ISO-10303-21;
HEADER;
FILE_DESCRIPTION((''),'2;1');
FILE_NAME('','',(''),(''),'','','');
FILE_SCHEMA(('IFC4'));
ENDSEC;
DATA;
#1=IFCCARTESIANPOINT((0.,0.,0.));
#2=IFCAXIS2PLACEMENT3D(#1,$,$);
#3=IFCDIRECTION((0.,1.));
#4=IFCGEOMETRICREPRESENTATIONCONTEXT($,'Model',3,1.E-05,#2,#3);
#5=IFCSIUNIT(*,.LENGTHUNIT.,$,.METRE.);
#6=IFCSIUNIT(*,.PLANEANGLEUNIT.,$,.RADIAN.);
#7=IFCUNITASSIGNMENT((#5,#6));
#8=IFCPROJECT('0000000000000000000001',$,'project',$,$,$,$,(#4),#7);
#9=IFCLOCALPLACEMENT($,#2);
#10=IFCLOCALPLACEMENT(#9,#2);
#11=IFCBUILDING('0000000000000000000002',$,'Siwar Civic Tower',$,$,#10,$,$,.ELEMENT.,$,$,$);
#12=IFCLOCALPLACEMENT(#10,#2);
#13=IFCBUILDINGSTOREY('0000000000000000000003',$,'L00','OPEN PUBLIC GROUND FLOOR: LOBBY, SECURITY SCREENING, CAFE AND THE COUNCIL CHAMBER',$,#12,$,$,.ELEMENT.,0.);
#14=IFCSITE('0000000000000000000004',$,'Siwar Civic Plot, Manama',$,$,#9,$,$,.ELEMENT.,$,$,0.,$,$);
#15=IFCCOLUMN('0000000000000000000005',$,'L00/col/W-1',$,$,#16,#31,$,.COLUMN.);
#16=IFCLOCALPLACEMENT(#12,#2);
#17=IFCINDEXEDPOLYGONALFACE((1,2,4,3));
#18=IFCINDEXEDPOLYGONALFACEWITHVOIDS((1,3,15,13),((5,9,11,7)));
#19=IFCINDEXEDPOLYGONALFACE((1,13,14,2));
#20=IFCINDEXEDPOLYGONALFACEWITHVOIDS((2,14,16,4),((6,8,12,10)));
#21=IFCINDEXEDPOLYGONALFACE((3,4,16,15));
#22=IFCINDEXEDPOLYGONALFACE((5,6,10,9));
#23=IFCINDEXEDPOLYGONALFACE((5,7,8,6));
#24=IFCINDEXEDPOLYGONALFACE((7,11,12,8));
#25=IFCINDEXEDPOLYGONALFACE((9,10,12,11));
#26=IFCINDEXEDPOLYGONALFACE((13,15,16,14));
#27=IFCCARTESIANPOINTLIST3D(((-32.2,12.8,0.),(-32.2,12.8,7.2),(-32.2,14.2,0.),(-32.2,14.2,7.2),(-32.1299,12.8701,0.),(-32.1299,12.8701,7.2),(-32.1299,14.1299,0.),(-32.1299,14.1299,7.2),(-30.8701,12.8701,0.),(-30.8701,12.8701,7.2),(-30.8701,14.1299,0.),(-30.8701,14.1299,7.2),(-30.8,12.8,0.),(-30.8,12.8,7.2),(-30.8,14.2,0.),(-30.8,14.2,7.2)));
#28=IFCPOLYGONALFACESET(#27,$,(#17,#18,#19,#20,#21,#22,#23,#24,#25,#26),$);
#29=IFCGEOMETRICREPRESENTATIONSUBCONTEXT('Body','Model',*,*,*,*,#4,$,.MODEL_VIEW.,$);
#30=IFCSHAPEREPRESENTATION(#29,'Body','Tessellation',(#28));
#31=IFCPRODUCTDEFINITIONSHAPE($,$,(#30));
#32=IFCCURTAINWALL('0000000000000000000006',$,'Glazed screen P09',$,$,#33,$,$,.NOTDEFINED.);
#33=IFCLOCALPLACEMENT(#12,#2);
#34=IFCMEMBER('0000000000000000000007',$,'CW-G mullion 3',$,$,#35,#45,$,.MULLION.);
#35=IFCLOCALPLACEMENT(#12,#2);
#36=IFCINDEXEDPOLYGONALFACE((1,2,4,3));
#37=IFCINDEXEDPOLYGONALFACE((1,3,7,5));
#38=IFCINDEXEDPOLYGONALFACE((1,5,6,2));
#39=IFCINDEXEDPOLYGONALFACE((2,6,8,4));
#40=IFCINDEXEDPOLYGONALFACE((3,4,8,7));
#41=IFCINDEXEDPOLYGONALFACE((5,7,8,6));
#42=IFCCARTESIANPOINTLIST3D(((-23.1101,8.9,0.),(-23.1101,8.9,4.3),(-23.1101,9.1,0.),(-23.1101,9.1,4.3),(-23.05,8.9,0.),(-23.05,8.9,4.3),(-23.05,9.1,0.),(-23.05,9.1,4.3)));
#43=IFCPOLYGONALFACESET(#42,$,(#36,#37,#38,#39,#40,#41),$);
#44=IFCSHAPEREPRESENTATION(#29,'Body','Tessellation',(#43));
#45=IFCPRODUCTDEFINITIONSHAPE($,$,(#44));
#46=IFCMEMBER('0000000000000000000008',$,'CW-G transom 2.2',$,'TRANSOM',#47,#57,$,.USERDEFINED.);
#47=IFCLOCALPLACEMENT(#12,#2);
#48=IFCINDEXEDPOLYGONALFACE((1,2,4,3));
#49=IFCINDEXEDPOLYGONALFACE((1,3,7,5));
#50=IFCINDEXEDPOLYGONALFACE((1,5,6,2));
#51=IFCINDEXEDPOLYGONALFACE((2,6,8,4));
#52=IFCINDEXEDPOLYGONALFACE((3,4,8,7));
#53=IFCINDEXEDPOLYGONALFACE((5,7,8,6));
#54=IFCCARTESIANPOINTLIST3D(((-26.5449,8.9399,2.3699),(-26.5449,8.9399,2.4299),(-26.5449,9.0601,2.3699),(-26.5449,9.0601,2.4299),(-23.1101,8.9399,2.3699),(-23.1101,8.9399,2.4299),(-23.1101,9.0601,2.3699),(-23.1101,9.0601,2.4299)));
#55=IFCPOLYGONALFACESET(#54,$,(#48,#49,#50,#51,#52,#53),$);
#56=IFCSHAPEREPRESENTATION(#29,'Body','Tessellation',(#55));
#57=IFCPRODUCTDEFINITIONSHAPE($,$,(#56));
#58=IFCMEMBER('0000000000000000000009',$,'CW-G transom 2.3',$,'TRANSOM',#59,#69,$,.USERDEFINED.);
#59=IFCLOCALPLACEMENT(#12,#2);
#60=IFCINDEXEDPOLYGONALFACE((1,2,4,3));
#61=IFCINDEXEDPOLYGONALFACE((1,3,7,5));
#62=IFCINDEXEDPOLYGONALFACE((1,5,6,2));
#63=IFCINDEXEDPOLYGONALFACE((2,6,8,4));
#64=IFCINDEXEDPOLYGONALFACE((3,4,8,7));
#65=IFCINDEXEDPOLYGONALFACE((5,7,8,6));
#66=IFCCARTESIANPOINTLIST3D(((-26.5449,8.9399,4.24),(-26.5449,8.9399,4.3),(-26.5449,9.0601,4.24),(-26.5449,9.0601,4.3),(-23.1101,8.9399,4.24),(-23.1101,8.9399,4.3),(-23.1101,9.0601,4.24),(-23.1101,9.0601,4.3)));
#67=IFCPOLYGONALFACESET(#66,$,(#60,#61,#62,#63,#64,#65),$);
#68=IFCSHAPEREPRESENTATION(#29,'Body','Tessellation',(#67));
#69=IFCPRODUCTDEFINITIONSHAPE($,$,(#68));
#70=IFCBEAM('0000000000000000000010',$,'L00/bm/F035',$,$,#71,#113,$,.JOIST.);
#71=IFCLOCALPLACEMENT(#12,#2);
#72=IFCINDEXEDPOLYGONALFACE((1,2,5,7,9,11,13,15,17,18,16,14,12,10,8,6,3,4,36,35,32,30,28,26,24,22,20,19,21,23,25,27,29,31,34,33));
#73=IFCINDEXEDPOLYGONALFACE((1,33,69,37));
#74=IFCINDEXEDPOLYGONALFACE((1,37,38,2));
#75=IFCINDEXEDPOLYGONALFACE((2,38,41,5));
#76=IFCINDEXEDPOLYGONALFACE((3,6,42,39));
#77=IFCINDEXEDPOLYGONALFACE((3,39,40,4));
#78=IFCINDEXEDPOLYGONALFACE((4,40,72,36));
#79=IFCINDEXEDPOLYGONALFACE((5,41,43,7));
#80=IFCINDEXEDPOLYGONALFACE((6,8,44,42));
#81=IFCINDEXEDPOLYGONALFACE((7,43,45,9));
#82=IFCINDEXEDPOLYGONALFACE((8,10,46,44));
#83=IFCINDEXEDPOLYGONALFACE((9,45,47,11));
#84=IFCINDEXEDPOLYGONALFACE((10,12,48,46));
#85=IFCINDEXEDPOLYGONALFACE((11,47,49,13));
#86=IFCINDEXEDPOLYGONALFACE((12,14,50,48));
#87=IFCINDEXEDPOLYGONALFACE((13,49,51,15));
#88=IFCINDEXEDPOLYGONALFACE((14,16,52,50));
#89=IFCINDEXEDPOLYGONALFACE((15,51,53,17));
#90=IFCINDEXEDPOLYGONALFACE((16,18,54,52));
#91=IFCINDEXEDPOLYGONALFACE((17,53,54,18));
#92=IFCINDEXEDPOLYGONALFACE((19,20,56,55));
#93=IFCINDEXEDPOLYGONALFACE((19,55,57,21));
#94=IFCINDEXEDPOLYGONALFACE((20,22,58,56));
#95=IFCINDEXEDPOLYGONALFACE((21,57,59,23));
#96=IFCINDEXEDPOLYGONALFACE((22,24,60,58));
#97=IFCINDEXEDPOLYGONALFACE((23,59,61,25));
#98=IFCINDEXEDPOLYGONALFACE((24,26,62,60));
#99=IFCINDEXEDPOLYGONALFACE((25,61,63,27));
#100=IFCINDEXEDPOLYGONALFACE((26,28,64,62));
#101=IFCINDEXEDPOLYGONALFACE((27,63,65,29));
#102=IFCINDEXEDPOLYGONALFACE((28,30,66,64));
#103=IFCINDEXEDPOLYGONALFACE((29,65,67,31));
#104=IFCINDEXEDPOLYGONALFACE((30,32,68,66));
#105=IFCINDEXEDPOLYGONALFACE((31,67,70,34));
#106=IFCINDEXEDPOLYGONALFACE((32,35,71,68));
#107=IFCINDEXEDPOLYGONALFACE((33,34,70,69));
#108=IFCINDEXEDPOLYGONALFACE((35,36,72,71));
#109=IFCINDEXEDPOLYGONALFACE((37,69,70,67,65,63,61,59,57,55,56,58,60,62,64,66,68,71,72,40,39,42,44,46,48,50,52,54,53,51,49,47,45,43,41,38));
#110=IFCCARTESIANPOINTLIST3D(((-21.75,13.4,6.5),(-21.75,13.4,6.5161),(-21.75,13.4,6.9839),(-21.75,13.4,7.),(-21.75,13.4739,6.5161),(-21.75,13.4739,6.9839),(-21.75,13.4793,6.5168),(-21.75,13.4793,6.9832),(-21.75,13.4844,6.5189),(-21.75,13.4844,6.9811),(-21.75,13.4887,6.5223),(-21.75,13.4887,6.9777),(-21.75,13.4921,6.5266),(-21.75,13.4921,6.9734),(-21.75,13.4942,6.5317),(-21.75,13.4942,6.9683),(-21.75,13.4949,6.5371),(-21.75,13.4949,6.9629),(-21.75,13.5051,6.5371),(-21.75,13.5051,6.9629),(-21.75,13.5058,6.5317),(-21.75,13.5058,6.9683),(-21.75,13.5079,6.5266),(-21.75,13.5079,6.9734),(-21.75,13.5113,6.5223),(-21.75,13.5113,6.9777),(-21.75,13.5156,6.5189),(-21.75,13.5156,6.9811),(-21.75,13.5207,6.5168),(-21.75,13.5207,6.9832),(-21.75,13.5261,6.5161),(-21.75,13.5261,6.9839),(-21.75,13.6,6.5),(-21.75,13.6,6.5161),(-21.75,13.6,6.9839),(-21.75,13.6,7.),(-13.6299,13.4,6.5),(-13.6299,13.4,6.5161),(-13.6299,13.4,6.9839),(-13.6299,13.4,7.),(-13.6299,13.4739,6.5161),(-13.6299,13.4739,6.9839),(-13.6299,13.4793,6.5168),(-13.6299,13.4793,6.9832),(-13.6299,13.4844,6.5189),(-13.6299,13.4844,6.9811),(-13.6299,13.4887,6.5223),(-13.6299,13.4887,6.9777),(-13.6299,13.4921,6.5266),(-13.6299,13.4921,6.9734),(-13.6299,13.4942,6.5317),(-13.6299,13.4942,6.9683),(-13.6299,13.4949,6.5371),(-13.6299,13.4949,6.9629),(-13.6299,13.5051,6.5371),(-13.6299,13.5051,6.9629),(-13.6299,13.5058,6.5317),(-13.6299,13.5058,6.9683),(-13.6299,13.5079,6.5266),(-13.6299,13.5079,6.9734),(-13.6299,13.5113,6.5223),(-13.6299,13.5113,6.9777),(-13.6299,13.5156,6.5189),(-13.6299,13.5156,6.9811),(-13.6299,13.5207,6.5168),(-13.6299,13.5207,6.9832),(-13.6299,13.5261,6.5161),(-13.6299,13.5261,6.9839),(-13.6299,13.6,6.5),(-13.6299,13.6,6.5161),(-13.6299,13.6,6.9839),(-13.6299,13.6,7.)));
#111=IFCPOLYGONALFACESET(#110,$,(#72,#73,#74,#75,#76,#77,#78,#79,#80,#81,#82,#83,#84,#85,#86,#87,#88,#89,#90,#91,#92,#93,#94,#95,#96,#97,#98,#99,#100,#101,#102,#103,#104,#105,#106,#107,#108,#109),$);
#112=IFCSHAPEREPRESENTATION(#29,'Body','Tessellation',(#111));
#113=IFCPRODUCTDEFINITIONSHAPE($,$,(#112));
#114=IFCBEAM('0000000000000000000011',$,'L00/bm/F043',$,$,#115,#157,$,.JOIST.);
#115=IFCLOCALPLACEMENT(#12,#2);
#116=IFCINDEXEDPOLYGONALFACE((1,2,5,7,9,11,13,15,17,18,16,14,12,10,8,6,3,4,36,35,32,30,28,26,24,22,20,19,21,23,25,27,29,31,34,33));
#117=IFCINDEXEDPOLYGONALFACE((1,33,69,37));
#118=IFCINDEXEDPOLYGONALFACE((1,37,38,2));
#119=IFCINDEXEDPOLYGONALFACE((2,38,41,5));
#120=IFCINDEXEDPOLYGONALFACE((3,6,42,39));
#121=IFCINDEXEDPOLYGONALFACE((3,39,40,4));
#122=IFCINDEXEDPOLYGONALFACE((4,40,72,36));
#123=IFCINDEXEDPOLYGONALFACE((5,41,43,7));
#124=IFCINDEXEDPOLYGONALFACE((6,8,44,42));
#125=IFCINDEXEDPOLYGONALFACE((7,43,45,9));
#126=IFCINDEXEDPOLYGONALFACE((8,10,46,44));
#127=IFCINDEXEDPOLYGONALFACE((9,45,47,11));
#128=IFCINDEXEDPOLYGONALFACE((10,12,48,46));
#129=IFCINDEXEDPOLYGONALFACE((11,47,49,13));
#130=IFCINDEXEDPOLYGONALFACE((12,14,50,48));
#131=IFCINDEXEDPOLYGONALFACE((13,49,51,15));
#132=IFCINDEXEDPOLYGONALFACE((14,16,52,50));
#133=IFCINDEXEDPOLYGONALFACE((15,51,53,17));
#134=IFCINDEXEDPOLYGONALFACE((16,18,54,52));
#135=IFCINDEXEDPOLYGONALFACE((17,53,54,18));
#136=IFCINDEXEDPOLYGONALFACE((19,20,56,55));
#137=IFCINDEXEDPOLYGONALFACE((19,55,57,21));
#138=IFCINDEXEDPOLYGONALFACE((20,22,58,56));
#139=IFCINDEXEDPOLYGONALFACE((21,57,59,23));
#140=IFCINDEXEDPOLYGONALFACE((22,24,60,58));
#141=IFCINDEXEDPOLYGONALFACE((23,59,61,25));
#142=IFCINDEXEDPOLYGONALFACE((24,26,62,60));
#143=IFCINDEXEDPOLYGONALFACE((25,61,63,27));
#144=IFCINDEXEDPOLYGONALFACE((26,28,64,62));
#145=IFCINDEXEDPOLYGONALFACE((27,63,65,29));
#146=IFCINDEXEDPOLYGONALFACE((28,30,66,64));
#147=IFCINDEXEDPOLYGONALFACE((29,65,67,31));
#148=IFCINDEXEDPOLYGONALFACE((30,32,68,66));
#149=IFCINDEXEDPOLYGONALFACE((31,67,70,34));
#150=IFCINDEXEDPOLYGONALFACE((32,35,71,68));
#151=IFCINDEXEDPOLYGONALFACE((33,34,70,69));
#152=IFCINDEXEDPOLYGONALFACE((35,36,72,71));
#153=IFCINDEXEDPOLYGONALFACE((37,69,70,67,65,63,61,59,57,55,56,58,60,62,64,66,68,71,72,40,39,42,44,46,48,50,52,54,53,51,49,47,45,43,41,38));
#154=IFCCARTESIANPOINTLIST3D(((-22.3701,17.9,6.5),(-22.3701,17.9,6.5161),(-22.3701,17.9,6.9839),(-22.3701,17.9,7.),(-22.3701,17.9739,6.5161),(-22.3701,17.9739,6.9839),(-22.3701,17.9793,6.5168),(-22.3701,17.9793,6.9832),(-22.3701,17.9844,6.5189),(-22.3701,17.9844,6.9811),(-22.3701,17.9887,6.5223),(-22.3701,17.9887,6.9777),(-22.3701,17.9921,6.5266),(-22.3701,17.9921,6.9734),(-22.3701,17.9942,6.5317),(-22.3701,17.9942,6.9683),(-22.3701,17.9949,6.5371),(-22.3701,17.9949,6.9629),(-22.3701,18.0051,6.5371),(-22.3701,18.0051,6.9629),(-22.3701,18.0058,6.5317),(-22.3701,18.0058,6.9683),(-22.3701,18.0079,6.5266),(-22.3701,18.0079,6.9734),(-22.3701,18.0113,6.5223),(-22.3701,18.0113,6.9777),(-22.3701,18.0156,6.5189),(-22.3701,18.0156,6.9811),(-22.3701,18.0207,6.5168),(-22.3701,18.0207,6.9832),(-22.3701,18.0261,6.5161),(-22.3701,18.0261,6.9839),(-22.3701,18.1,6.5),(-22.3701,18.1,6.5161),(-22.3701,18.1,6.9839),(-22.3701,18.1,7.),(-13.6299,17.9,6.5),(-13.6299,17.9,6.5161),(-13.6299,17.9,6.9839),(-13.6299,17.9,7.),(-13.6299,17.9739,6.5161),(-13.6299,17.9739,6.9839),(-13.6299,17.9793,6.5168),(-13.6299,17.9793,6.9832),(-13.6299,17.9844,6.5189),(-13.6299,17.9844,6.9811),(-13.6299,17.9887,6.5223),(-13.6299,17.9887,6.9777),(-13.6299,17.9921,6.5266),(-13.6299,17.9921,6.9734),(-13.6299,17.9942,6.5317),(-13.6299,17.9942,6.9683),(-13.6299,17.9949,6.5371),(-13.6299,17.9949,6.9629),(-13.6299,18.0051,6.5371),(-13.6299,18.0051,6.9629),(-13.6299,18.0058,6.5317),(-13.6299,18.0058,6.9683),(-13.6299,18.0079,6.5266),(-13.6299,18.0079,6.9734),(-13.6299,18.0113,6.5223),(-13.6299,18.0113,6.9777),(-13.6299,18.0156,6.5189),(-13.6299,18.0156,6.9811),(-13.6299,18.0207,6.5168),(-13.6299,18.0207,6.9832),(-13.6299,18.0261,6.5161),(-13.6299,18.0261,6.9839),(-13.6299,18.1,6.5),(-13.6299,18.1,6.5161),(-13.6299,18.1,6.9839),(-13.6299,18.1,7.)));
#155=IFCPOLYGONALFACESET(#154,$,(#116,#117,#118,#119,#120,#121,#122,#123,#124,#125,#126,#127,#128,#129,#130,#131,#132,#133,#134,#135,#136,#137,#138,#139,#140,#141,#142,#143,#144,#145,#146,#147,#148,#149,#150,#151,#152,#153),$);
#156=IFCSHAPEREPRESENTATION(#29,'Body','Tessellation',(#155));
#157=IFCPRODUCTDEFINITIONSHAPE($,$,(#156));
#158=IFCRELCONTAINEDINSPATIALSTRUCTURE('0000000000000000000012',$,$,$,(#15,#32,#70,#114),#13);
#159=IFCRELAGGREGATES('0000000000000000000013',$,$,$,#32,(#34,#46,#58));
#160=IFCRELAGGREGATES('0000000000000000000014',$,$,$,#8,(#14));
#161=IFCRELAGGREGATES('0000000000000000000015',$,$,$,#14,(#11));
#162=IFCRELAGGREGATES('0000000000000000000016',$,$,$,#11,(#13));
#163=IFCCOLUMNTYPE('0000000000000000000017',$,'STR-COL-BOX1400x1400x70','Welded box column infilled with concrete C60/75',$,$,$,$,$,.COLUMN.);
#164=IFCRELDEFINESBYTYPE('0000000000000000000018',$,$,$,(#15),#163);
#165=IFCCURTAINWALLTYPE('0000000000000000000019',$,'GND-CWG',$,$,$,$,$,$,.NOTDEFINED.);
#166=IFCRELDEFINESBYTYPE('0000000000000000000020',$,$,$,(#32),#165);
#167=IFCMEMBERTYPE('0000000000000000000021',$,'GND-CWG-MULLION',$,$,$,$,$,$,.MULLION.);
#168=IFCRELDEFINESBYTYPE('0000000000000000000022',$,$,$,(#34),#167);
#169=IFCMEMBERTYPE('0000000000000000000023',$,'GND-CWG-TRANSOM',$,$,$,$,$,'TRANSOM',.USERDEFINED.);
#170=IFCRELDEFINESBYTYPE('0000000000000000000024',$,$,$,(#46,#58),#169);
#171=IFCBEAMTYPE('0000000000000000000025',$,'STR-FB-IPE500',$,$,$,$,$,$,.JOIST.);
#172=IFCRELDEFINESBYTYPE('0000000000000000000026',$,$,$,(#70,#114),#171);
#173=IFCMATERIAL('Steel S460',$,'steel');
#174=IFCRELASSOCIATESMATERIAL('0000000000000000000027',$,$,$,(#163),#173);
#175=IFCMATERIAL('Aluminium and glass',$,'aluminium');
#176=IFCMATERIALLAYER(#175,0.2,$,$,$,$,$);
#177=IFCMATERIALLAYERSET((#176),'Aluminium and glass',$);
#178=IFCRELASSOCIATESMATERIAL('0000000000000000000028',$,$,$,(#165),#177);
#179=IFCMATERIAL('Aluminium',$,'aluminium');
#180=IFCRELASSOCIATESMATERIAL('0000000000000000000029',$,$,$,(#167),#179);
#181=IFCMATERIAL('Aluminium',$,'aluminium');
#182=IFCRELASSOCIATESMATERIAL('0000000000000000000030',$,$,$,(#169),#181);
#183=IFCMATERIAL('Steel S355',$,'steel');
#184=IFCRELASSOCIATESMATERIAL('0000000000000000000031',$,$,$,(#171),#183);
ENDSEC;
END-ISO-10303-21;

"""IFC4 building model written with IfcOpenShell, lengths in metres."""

from ifc_helpers import new_model, si_unit, direction, frame, origin, origin_2d, place, context, subcontext, project, spatial, rectangle, hollow_rectangle, i_section, extrude, material, layer, layer_set, material_profile, profile_set, type_object, element, aggregate, save


model = new_model("IFC4")

# Units and contexts
model_context = context("Model", 3, precision=1e-05, world=origin(), true_north=direction((0.0, 1.0)))
body_context = subcontext(model_context, "Body", "Model", "MODEL_VIEW")
ifc_project = project(units=[si_unit("LENGTHUNIT", "METRE"), si_unit("PLANEANGLEUNIT", "RADIAN")], contexts=[model_context])

# Site, building, storey
site_placement = place(None, origin())
site = spatial("IfcSite", under=ifc_project, at=site_placement, Name="Siwar Civic Plot, Manama", CompositionType="ELEMENT", RefElevation=0.0)
building_placement = place(site_placement, origin())
building = spatial("IfcBuilding", under=site, at=building_placement, Name="Siwar Civic Tower", CompositionType="ELEMENT")
storey_placement = place(building_placement, origin())
storey = spatial("IfcBuildingStorey", under=building, at=storey_placement, Name="L00", Description="OPEN PUBLIC GROUND FLOOR: LOBBY, SECURITY SCREENING, CAFE AND THE COUNCIL CHAMBER", CompositionType="ELEMENT", Elevation=0.0)

# Column
ifc_material_1 = material(Name="Steel S460", Category="steel")
ifc_material_profile_1 = material_profile(ifc_material_1, hollow_rectangle(XDim=1.3999, YDim=1.3999, WallThickness=0.0701, at=origin_2d()), Name="BOX1400x1400x70")
ifc_profile_set_1 = profile_set([ifc_material_profile_1], Name="Steel S460")
column_type = type_object("IfcColumnType", Name="STR-COL-BOX1400x1400x70", Description="Welded box column infilled with concrete C60/75", PredefinedType="COLUMN", material=ifc_profile_set_1)
column_placement = place(storey_placement, frame((-31.5, 13.5, 0.0), z_axis=(0.0, 0.0, 1.0), x_axis=(1.0, 0.0, 0.0)))
element("IfcColumn", 1, at=column_placement, inside=storey, type_object=column_type, Name="L00/col/W-1", PredefinedType="COLUMN", context=body_context, shape_type="SweptSolid", body=[
    extrude(hollow_rectangle(XDim=1.3999, YDim=1.3999, WallThickness=0.0701, at=origin_2d()), origin(), (0.0, 0.0, 1.0), 7.2),
])

# Curtain wall, members
ifc_material_2 = material(Name="Aluminium and glass", Category="aluminium")
ifc_layer_1 = layer(ifc_material_2, 0.2)
ifc_layer_set_1 = layer_set([ifc_layer_1], Name="Aluminium and glass")
curtain_wall_type = type_object("IfcCurtainWallType", Name="GND-CWG", PredefinedType="NOTDEFINED", material=ifc_layer_set_1)
curtain_wall_placement = place(storey_placement, origin())
curtain_wall = element("IfcCurtainWall", 2, at=curtain_wall_placement, inside=storey, type_object=curtain_wall_type, Name="Glazed screen P09", PredefinedType="NOTDEFINED")
ifc_material_3 = material(Name="Aluminium", Category="aluminium")
ifc_material_profile_2 = material_profile(ifc_material_3, rectangle(XDim=0.2, YDim=0.0601, at=origin_2d()), Name="AL 200x60")
ifc_profile_set_2 = profile_set([ifc_material_profile_2], Name="Aluminium")
member_type_1 = type_object("IfcMemberType", Name="GND-CWG-MULLION", PredefinedType="MULLION", material=ifc_profile_set_2)
member_1_placement = place(storey_placement, frame((-23.0801, 9.0, 0.0), z_axis=(0.0, 0.0, 1.0), x_axis=(0.0, 1.0, 0.0)))
member_1 = element("IfcMember", 3, at=member_1_placement, type_object=member_type_1, Name="CW-G mullion 3", PredefinedType="MULLION", context=body_context, shape_type="SweptSolid", body=[
    extrude(rectangle(XDim=0.2, YDim=0.0601, at=origin_2d()), origin(), (0.0, 0.0, 1.0), 4.3),
])
ifc_material_4 = material(Name="Aluminium", Category="aluminium")
ifc_material_profile_3 = material_profile(ifc_material_4, rectangle(XDim=0.1201, YDim=0.0601, at=origin_2d()), Name="AL 120x60")
ifc_profile_set_3 = profile_set([ifc_material_profile_3], Name="Aluminium")
member_type_2 = type_object("IfcMemberType", Name="GND-CWG-TRANSOM", ElementType="TRANSOM", PredefinedType="USERDEFINED", material=ifc_profile_set_3)
member_2_placement = place(storey_placement, frame((-26.5449, 9.0, 2.3999), z_axis=(1.0, 0.0, 0.0), x_axis=(0.0, 1.0, 0.0)))
member_2 = element("IfcMember", 4, at=member_2_placement, type_object=member_type_2, Name="CW-G transom 2.2", ObjectType="TRANSOM", PredefinedType="USERDEFINED", context=body_context, shape_type="SweptSolid", body=[
    extrude(rectangle(XDim=0.1201, YDim=0.0601, at=origin_2d()), origin(), (0.0, 0.0, 1.0), 3.4348),
])
member_3_placement = place(storey_placement, frame((-26.5449, 9.0, 4.27), z_axis=(1.0, 0.0, 0.0), x_axis=(0.0, 1.0, 0.0)))
member_3 = element("IfcMember", 5, at=member_3_placement, type_object=member_type_2, Name="CW-G transom 2.3", ObjectType="TRANSOM", PredefinedType="USERDEFINED", context=body_context, shape_type="SweptSolid", body=[
    extrude(rectangle(XDim=0.1201, YDim=0.0601, at=origin_2d()), origin(), (0.0, 0.0, 1.0), 3.4348),
])

# Beams
ifc_material_5 = material(Name="Steel S355", Category="steel")
ifc_material_profile_4 = material_profile(ifc_material_5, i_section(OverallWidth=0.2, OverallDepth=0.5, WebThickness=0.0103, FlangeThickness=0.0161, FilletRadius=0.021, at=origin_2d()), Name="IPE500")
ifc_profile_set_4 = profile_set([ifc_material_profile_4], Name="Steel S355")
beam_type_1 = type_object("IfcBeamType", Name="STR-FB-IPE500", PredefinedType="JOIST", material=ifc_profile_set_4)
beam_1_placement = place(storey_placement, frame((-21.75, 13.5, 6.75), z_axis=(1.0, 0.0, 0.0), x_axis=(0.0, 1.0, 0.0)))
element("IfcBeam", 6, at=beam_1_placement, inside=storey, type_object=beam_type_1, Name="L00/bm/F035", PredefinedType="JOIST", context=body_context, shape_type="SweptSolid", body=[
    extrude(i_section(OverallWidth=0.2, OverallDepth=0.5, WebThickness=0.0103, FlangeThickness=0.0161, FilletRadius=0.021, at=origin_2d()), origin(), (0.0, 0.0, 1.0), 8.1201),
])
beam_2_placement = place(storey_placement, frame((-22.3701, 18.0, 6.75), z_axis=(1.0, 0.0, 0.0), x_axis=(0.0, 1.0, 0.0)))
element("IfcBeam", 7, at=beam_2_placement, inside=storey, type_object=beam_type_1, Name="L00/bm/F043", PredefinedType="JOIST", context=body_context, shape_type="SweptSolid", body=[
    extrude(i_section(OverallWidth=0.2, OverallDepth=0.5, WebThickness=0.0103, FlangeThickness=0.0161, FilletRadius=0.021, at=origin_2d()), origin(), (0.0, 0.0, 1.0), 8.7402),
])

aggregate(curtain_wall, [member_1, member_2, member_3])

save(model, "model.ifc")
